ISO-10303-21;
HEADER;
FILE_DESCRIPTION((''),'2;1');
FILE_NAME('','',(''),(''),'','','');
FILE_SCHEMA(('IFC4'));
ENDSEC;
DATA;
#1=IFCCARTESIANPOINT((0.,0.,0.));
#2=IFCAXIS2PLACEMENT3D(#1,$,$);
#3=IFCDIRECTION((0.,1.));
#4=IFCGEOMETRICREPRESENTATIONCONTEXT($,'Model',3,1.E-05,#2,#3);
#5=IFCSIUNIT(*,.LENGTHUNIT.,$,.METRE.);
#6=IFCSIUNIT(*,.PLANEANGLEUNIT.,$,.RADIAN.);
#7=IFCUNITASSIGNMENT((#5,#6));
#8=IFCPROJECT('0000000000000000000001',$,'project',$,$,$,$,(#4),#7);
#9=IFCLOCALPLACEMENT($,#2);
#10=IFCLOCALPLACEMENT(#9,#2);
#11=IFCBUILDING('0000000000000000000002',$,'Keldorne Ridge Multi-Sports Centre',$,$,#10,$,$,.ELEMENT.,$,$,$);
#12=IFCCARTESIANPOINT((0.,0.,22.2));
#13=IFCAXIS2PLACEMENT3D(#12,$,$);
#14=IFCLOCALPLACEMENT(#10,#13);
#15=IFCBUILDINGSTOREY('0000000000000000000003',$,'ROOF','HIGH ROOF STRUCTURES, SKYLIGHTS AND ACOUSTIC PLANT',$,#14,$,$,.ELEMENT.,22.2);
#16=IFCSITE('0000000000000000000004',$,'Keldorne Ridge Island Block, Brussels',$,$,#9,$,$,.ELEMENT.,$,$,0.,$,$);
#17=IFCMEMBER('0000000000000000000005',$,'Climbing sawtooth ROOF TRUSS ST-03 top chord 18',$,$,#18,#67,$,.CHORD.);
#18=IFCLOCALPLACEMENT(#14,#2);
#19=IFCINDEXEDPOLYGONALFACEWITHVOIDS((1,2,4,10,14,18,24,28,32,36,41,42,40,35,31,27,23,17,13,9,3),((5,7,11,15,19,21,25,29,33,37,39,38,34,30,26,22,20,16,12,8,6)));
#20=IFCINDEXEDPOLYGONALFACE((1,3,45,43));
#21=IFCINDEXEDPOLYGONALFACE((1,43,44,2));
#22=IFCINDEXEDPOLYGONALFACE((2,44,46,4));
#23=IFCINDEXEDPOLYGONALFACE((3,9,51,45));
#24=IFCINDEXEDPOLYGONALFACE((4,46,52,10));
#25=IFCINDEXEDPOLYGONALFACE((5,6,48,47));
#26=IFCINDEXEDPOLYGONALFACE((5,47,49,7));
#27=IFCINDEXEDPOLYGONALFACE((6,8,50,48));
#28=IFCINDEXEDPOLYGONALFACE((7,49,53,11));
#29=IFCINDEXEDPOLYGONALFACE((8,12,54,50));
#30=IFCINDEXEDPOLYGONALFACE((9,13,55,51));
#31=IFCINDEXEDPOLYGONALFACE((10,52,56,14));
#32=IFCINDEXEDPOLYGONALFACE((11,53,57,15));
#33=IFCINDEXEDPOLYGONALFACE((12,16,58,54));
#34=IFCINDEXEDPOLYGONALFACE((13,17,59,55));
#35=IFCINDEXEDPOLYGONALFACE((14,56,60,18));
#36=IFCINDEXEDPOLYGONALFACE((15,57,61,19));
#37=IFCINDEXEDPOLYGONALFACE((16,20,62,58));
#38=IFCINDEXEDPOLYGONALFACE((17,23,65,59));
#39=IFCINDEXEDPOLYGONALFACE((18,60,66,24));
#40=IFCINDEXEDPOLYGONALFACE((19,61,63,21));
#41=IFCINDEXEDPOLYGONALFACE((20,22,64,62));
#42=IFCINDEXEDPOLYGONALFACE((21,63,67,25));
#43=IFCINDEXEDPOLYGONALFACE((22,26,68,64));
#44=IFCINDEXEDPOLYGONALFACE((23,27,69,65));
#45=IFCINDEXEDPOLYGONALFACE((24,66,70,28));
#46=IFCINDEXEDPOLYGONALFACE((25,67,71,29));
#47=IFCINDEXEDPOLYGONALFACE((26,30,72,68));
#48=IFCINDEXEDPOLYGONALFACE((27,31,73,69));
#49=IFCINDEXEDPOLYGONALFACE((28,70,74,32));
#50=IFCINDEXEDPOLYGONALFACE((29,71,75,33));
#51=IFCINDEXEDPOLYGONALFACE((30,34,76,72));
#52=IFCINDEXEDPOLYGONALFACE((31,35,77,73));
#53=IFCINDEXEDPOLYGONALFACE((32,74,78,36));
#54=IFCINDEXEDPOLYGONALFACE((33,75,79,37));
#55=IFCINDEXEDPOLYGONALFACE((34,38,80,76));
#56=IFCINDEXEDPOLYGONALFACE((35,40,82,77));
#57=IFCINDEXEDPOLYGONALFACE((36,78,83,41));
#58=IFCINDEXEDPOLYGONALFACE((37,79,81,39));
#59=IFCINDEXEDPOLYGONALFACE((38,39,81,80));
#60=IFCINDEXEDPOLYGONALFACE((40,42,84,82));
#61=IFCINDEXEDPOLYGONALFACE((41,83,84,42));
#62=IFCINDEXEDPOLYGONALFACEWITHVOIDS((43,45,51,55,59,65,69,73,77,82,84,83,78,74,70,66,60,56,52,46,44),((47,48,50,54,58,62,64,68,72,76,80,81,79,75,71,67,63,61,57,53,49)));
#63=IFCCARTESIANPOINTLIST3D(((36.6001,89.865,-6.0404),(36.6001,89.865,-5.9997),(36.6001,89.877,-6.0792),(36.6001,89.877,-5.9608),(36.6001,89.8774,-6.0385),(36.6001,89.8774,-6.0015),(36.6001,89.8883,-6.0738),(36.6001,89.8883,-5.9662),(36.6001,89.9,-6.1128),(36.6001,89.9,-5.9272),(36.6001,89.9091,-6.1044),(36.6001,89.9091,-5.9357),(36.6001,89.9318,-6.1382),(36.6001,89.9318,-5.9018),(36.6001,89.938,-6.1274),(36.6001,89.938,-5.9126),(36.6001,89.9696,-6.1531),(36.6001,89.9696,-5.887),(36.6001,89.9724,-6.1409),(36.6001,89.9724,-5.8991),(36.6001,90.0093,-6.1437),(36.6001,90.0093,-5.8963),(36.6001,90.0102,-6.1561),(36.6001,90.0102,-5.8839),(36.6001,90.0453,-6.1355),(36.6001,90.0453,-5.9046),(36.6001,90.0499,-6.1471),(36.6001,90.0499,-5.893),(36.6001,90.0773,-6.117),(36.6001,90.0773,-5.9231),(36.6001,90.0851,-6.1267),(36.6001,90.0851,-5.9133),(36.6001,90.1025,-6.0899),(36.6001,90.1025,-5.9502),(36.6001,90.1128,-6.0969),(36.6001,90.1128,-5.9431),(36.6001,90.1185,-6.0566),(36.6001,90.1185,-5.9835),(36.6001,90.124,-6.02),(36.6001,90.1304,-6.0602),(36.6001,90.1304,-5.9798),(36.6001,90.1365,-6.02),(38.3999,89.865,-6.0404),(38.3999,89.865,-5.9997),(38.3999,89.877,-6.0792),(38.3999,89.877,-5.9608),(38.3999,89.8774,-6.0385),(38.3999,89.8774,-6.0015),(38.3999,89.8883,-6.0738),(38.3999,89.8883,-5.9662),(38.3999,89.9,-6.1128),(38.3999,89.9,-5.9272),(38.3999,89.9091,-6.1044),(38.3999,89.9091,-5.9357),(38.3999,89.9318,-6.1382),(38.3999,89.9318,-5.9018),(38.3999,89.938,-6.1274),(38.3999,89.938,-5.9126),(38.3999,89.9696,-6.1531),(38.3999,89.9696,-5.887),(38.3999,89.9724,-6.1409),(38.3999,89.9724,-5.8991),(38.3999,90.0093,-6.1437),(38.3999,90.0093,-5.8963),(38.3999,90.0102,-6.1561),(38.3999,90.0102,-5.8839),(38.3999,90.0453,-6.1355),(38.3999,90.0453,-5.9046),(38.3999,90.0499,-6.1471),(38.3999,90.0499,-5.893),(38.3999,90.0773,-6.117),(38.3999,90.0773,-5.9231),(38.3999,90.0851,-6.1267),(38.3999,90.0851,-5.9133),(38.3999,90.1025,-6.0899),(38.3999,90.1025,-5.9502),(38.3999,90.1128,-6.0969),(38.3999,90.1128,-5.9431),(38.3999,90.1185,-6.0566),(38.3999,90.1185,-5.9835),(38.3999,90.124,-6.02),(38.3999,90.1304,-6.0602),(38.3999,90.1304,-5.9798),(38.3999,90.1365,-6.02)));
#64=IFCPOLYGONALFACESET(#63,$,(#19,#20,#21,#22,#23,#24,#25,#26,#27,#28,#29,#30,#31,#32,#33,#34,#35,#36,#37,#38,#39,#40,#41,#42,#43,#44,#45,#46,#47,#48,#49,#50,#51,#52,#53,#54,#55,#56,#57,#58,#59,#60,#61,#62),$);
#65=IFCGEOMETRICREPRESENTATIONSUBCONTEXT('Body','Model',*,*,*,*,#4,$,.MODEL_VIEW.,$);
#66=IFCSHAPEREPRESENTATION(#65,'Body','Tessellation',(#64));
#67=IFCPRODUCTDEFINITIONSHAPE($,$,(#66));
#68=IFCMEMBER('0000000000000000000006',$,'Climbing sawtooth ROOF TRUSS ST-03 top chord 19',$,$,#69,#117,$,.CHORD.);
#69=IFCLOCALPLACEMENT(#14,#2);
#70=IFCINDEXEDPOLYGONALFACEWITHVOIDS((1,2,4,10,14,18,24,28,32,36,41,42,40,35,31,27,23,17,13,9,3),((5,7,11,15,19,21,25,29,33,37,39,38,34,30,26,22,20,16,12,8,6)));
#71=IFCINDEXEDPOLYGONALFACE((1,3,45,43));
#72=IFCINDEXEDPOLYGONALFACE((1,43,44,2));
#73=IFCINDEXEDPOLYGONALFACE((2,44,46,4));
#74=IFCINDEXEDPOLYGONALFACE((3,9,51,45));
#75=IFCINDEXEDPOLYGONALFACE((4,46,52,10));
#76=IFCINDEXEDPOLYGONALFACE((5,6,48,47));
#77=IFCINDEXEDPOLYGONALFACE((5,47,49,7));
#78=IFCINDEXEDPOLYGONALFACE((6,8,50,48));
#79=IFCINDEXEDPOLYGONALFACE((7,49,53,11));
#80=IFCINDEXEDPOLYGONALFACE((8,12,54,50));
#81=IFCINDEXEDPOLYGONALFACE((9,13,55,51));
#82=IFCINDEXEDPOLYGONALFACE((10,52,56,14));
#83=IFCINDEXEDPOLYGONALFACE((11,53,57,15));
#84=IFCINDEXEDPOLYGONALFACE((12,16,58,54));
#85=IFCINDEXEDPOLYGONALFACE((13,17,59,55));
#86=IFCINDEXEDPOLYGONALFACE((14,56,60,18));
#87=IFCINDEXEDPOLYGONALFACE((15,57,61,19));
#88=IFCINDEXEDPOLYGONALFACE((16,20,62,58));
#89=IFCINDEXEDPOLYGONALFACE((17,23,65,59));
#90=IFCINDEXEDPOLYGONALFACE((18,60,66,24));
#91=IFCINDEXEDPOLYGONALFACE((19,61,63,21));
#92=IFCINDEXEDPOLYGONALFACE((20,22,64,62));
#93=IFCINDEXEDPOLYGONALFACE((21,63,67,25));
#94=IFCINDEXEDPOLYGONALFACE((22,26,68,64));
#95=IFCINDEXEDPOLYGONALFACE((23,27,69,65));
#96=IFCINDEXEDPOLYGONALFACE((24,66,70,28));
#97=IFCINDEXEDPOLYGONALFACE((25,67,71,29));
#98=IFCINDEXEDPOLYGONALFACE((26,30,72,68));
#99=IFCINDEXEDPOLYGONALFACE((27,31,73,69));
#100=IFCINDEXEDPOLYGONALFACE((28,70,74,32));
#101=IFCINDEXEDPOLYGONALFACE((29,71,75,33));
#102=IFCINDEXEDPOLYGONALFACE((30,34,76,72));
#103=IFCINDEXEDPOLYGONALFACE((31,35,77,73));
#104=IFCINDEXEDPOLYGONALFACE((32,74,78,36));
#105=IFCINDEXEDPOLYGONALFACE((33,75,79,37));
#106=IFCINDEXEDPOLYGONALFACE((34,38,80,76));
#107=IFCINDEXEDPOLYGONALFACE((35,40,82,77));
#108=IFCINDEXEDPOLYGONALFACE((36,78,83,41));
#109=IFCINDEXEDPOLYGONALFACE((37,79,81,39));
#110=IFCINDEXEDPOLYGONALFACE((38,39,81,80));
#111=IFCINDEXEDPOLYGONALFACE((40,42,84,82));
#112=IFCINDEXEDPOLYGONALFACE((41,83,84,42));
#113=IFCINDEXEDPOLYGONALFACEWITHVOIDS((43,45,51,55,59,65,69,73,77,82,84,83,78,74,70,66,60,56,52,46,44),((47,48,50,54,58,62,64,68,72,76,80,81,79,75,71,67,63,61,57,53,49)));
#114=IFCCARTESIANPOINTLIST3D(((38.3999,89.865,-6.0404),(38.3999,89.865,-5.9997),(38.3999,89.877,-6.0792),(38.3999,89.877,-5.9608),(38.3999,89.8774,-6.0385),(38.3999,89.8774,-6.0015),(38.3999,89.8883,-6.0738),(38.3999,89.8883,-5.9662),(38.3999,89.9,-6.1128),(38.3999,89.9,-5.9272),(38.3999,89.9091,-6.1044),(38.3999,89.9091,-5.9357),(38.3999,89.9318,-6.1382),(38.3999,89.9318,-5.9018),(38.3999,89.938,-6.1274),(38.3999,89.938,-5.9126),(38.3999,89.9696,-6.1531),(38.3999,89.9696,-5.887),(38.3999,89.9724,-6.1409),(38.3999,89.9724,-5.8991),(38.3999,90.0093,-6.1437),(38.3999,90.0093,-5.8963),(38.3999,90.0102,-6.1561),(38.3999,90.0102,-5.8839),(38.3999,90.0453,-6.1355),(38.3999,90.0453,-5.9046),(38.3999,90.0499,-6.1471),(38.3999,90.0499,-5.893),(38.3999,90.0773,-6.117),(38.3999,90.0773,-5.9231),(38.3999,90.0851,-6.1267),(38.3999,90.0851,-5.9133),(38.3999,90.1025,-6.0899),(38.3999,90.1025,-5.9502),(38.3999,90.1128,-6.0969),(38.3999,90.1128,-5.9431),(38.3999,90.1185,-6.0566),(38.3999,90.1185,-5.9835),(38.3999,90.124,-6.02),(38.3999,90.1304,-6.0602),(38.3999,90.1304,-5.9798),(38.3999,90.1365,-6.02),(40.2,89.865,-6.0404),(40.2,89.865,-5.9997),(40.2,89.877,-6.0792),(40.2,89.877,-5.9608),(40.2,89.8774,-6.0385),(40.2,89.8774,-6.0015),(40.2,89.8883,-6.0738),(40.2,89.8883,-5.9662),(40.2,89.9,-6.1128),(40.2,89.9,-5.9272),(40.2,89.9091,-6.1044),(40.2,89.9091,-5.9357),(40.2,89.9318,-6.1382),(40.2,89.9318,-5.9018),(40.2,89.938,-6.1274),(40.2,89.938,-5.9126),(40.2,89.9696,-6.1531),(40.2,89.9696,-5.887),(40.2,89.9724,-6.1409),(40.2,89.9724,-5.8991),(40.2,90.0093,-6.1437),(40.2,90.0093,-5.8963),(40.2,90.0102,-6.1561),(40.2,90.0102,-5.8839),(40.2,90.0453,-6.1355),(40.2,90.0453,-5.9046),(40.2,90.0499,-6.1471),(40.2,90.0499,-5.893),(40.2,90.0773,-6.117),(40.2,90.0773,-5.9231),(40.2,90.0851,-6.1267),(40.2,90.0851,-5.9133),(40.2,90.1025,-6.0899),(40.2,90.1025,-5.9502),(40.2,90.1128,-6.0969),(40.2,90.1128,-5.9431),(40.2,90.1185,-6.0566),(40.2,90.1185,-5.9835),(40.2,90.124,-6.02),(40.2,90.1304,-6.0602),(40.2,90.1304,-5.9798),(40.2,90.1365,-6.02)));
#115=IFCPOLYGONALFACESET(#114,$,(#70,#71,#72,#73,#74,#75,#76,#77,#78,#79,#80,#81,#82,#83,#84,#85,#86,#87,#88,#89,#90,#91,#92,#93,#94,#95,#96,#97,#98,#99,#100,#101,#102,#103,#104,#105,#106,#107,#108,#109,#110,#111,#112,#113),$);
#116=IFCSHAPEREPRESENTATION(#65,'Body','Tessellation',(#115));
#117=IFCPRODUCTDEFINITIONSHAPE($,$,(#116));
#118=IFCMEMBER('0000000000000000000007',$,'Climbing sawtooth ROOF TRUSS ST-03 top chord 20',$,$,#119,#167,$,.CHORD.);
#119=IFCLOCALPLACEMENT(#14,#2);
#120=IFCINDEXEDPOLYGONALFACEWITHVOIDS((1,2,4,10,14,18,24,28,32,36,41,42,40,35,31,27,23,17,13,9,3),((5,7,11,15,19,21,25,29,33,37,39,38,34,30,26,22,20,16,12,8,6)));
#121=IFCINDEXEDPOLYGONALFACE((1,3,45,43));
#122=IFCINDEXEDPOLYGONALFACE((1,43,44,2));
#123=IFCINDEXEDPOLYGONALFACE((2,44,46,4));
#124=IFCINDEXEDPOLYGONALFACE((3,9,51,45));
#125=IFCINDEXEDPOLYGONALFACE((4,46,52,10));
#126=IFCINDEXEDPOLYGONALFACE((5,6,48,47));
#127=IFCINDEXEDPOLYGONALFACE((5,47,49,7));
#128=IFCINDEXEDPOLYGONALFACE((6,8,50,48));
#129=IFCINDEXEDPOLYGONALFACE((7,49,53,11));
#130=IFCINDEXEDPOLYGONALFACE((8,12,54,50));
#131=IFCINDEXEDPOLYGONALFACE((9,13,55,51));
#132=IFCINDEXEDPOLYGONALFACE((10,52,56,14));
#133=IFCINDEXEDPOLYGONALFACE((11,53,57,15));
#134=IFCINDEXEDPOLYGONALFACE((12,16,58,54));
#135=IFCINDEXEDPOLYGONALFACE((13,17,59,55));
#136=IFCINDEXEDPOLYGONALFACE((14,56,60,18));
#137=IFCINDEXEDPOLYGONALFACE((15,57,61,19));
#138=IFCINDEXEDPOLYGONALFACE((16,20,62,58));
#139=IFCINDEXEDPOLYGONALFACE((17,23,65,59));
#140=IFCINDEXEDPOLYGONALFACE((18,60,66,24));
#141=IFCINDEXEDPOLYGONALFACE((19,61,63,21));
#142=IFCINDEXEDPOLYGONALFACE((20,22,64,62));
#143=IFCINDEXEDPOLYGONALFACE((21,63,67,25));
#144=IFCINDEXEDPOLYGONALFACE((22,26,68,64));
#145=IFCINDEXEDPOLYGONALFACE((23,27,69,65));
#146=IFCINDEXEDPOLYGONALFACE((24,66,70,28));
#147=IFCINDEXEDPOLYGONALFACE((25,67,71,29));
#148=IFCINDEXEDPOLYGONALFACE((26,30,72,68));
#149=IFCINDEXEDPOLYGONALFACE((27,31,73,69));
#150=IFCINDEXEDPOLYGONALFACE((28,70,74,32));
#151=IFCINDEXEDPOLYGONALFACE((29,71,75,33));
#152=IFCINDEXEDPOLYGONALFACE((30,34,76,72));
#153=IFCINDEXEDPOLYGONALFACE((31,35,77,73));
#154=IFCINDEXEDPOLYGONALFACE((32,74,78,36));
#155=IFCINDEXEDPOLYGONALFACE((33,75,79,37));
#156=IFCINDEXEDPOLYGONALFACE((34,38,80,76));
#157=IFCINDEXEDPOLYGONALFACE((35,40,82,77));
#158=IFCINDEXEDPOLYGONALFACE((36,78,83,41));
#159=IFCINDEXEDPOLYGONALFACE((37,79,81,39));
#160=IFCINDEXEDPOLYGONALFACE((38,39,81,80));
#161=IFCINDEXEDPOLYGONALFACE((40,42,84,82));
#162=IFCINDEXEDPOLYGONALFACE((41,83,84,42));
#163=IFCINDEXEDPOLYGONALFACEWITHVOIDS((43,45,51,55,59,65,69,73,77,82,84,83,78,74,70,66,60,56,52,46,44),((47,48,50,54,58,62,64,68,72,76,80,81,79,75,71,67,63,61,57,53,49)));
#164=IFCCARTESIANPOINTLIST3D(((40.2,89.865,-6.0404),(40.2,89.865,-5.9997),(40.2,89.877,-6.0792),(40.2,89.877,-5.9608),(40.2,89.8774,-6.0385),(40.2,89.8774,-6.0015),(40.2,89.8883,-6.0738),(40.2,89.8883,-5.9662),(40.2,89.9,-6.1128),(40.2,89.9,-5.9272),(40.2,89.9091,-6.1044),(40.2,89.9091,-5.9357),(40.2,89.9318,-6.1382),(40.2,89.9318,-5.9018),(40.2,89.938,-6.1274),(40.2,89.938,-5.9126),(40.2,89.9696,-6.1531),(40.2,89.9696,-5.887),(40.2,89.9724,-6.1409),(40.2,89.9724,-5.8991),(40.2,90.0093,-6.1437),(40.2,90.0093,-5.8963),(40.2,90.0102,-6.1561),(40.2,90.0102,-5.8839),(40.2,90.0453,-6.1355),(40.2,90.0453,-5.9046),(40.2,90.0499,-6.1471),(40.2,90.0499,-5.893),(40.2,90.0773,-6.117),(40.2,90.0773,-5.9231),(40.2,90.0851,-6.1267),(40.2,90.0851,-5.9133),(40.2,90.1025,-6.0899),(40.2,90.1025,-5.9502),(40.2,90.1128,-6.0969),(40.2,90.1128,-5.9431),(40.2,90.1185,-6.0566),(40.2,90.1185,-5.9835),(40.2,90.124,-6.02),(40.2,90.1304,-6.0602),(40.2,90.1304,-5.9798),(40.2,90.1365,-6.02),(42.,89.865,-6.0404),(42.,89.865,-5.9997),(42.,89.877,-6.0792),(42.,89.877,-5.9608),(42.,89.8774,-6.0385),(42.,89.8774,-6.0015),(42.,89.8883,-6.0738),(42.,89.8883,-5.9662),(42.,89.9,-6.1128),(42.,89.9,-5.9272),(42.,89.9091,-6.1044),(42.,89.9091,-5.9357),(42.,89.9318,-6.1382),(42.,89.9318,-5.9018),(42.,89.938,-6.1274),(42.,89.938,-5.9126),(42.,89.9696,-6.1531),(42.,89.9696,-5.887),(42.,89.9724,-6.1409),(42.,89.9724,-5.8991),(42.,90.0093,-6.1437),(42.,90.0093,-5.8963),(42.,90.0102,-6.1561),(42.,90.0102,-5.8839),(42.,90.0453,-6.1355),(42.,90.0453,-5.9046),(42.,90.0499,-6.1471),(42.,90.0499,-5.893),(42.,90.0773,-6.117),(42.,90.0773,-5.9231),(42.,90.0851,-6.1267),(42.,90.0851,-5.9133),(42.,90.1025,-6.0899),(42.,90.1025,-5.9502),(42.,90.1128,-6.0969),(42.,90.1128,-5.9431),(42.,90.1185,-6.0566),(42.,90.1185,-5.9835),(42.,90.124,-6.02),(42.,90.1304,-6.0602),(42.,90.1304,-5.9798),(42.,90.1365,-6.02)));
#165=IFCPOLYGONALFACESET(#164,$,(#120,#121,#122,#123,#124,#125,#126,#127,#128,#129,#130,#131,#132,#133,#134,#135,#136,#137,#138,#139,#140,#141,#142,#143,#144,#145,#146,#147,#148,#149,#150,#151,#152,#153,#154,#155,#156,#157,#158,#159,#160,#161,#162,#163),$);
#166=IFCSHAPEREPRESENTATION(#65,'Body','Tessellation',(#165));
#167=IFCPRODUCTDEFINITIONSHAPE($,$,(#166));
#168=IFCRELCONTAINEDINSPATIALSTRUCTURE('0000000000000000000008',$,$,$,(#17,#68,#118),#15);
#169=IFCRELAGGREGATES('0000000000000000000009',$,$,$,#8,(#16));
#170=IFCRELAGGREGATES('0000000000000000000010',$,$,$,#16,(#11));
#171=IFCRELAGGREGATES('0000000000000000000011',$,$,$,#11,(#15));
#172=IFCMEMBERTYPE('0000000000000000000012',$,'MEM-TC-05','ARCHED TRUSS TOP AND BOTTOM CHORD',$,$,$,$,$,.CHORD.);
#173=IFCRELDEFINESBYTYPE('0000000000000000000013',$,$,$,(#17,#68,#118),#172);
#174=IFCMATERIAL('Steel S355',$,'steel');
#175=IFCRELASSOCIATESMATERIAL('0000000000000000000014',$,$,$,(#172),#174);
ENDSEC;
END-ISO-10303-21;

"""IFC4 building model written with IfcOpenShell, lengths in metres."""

from ifc_helpers import new_model, si_unit, direction, frame, origin, origin_2d, place, context, subcontext, project, spatial, hollow_circle, extrude, material, material_profile, profile_set, type_object, element, save


model = new_model("IFC4")

# Units and contexts
model_context = context("Model", 3, precision=1e-05, world=origin(), true_north=direction((0.0, 1.0)))
body_context = subcontext(model_context, "Body", "Model", "MODEL_VIEW")
ifc_project = project(units=[si_unit("LENGTHUNIT", "METRE"), si_unit("PLANEANGLEUNIT", "RADIAN")], contexts=[model_context])

# Site, building, storey
site_placement = place(None, origin())
site = spatial("IfcSite", under=ifc_project, at=site_placement, Name="Keldorne Ridge Island Block, Brussels", CompositionType="ELEMENT", RefElevation=0.0)
building_placement = place(site_placement, origin())
building = spatial("IfcBuilding", under=site, at=building_placement, Name="Keldorne Ridge Multi-Sports Centre", CompositionType="ELEMENT")
storey_placement = place(building_placement, frame((0.0, 0.0, 22.2)))
storey = spatial("IfcBuildingStorey", under=building, at=storey_placement, Name="ROOF", Description="HIGH ROOF STRUCTURES, SKYLIGHTS AND ACOUSTIC PLANT", CompositionType="ELEMENT", Elevation=22.2)

# Shared definitions
ifc_material_1 = material(Name="Steel S355", Category="steel")

# Members
ifc_material_profile_1 = material_profile(ifc_material_1, hollow_circle(Radius=0.1365, WallThickness=0.0125, at=origin_2d()), Name="CHS 273x12.5")
ifc_profile_set_1 = profile_set([ifc_material_profile_1], Name="Steel S355")
member_type_1 = type_object("IfcMemberType", Name="MEM-TC-05", Description="ARCHED TRUSS TOP AND BOTTOM CHORD", PredefinedType="CHORD", material=ifc_profile_set_1)
member_1_placement = place(storey_placement, frame((36.6001, 90.0, -6.02), z_axis=(1.0, 0.0, 0.0), x_axis=(0.0, 1.0, 0.0)))
element("IfcMember", 1, at=member_1_placement, inside=storey, type_object=member_type_1, Name="Climbing sawtooth ROOF TRUSS ST-03 top chord 18", PredefinedType="CHORD", context=body_context, shape_type="SweptSolid", body=[
    extrude(hollow_circle(Radius=0.1365, WallThickness=0.0125, at=origin_2d()), origin(), (0.0, 0.0, 1.0), 1.7998),
])
for number, where, z_axis, x_axis, name in (
    (2, (38.3999, 90.0, -6.02), (1.0, 0.0, 0.0), (0.0, 1.0, 0.0), "Climbing sawtooth ROOF TRUSS ST-03 top chord 19"),
    (3, (40.2, 90.0, -6.02), (1.0, 0.0, 0.0), (0.0, 1.0, 0.0), "Climbing sawtooth ROOF TRUSS ST-03 top chord 20"),
):
    element("IfcMember", number, at=place(storey_placement, frame(where, z_axis=z_axis, x_axis=x_axis)), inside=storey, type_object=member_type_1, Name=name, PredefinedType="CHORD", context=body_context, shape_type="SweptSolid", body=[
        extrude(hollow_circle(Radius=0.1365, WallThickness=0.0125, at=origin_2d()), origin(), (0.0, 0.0, 1.0), 1.8),
    ])

save(model, "model.ifc")
